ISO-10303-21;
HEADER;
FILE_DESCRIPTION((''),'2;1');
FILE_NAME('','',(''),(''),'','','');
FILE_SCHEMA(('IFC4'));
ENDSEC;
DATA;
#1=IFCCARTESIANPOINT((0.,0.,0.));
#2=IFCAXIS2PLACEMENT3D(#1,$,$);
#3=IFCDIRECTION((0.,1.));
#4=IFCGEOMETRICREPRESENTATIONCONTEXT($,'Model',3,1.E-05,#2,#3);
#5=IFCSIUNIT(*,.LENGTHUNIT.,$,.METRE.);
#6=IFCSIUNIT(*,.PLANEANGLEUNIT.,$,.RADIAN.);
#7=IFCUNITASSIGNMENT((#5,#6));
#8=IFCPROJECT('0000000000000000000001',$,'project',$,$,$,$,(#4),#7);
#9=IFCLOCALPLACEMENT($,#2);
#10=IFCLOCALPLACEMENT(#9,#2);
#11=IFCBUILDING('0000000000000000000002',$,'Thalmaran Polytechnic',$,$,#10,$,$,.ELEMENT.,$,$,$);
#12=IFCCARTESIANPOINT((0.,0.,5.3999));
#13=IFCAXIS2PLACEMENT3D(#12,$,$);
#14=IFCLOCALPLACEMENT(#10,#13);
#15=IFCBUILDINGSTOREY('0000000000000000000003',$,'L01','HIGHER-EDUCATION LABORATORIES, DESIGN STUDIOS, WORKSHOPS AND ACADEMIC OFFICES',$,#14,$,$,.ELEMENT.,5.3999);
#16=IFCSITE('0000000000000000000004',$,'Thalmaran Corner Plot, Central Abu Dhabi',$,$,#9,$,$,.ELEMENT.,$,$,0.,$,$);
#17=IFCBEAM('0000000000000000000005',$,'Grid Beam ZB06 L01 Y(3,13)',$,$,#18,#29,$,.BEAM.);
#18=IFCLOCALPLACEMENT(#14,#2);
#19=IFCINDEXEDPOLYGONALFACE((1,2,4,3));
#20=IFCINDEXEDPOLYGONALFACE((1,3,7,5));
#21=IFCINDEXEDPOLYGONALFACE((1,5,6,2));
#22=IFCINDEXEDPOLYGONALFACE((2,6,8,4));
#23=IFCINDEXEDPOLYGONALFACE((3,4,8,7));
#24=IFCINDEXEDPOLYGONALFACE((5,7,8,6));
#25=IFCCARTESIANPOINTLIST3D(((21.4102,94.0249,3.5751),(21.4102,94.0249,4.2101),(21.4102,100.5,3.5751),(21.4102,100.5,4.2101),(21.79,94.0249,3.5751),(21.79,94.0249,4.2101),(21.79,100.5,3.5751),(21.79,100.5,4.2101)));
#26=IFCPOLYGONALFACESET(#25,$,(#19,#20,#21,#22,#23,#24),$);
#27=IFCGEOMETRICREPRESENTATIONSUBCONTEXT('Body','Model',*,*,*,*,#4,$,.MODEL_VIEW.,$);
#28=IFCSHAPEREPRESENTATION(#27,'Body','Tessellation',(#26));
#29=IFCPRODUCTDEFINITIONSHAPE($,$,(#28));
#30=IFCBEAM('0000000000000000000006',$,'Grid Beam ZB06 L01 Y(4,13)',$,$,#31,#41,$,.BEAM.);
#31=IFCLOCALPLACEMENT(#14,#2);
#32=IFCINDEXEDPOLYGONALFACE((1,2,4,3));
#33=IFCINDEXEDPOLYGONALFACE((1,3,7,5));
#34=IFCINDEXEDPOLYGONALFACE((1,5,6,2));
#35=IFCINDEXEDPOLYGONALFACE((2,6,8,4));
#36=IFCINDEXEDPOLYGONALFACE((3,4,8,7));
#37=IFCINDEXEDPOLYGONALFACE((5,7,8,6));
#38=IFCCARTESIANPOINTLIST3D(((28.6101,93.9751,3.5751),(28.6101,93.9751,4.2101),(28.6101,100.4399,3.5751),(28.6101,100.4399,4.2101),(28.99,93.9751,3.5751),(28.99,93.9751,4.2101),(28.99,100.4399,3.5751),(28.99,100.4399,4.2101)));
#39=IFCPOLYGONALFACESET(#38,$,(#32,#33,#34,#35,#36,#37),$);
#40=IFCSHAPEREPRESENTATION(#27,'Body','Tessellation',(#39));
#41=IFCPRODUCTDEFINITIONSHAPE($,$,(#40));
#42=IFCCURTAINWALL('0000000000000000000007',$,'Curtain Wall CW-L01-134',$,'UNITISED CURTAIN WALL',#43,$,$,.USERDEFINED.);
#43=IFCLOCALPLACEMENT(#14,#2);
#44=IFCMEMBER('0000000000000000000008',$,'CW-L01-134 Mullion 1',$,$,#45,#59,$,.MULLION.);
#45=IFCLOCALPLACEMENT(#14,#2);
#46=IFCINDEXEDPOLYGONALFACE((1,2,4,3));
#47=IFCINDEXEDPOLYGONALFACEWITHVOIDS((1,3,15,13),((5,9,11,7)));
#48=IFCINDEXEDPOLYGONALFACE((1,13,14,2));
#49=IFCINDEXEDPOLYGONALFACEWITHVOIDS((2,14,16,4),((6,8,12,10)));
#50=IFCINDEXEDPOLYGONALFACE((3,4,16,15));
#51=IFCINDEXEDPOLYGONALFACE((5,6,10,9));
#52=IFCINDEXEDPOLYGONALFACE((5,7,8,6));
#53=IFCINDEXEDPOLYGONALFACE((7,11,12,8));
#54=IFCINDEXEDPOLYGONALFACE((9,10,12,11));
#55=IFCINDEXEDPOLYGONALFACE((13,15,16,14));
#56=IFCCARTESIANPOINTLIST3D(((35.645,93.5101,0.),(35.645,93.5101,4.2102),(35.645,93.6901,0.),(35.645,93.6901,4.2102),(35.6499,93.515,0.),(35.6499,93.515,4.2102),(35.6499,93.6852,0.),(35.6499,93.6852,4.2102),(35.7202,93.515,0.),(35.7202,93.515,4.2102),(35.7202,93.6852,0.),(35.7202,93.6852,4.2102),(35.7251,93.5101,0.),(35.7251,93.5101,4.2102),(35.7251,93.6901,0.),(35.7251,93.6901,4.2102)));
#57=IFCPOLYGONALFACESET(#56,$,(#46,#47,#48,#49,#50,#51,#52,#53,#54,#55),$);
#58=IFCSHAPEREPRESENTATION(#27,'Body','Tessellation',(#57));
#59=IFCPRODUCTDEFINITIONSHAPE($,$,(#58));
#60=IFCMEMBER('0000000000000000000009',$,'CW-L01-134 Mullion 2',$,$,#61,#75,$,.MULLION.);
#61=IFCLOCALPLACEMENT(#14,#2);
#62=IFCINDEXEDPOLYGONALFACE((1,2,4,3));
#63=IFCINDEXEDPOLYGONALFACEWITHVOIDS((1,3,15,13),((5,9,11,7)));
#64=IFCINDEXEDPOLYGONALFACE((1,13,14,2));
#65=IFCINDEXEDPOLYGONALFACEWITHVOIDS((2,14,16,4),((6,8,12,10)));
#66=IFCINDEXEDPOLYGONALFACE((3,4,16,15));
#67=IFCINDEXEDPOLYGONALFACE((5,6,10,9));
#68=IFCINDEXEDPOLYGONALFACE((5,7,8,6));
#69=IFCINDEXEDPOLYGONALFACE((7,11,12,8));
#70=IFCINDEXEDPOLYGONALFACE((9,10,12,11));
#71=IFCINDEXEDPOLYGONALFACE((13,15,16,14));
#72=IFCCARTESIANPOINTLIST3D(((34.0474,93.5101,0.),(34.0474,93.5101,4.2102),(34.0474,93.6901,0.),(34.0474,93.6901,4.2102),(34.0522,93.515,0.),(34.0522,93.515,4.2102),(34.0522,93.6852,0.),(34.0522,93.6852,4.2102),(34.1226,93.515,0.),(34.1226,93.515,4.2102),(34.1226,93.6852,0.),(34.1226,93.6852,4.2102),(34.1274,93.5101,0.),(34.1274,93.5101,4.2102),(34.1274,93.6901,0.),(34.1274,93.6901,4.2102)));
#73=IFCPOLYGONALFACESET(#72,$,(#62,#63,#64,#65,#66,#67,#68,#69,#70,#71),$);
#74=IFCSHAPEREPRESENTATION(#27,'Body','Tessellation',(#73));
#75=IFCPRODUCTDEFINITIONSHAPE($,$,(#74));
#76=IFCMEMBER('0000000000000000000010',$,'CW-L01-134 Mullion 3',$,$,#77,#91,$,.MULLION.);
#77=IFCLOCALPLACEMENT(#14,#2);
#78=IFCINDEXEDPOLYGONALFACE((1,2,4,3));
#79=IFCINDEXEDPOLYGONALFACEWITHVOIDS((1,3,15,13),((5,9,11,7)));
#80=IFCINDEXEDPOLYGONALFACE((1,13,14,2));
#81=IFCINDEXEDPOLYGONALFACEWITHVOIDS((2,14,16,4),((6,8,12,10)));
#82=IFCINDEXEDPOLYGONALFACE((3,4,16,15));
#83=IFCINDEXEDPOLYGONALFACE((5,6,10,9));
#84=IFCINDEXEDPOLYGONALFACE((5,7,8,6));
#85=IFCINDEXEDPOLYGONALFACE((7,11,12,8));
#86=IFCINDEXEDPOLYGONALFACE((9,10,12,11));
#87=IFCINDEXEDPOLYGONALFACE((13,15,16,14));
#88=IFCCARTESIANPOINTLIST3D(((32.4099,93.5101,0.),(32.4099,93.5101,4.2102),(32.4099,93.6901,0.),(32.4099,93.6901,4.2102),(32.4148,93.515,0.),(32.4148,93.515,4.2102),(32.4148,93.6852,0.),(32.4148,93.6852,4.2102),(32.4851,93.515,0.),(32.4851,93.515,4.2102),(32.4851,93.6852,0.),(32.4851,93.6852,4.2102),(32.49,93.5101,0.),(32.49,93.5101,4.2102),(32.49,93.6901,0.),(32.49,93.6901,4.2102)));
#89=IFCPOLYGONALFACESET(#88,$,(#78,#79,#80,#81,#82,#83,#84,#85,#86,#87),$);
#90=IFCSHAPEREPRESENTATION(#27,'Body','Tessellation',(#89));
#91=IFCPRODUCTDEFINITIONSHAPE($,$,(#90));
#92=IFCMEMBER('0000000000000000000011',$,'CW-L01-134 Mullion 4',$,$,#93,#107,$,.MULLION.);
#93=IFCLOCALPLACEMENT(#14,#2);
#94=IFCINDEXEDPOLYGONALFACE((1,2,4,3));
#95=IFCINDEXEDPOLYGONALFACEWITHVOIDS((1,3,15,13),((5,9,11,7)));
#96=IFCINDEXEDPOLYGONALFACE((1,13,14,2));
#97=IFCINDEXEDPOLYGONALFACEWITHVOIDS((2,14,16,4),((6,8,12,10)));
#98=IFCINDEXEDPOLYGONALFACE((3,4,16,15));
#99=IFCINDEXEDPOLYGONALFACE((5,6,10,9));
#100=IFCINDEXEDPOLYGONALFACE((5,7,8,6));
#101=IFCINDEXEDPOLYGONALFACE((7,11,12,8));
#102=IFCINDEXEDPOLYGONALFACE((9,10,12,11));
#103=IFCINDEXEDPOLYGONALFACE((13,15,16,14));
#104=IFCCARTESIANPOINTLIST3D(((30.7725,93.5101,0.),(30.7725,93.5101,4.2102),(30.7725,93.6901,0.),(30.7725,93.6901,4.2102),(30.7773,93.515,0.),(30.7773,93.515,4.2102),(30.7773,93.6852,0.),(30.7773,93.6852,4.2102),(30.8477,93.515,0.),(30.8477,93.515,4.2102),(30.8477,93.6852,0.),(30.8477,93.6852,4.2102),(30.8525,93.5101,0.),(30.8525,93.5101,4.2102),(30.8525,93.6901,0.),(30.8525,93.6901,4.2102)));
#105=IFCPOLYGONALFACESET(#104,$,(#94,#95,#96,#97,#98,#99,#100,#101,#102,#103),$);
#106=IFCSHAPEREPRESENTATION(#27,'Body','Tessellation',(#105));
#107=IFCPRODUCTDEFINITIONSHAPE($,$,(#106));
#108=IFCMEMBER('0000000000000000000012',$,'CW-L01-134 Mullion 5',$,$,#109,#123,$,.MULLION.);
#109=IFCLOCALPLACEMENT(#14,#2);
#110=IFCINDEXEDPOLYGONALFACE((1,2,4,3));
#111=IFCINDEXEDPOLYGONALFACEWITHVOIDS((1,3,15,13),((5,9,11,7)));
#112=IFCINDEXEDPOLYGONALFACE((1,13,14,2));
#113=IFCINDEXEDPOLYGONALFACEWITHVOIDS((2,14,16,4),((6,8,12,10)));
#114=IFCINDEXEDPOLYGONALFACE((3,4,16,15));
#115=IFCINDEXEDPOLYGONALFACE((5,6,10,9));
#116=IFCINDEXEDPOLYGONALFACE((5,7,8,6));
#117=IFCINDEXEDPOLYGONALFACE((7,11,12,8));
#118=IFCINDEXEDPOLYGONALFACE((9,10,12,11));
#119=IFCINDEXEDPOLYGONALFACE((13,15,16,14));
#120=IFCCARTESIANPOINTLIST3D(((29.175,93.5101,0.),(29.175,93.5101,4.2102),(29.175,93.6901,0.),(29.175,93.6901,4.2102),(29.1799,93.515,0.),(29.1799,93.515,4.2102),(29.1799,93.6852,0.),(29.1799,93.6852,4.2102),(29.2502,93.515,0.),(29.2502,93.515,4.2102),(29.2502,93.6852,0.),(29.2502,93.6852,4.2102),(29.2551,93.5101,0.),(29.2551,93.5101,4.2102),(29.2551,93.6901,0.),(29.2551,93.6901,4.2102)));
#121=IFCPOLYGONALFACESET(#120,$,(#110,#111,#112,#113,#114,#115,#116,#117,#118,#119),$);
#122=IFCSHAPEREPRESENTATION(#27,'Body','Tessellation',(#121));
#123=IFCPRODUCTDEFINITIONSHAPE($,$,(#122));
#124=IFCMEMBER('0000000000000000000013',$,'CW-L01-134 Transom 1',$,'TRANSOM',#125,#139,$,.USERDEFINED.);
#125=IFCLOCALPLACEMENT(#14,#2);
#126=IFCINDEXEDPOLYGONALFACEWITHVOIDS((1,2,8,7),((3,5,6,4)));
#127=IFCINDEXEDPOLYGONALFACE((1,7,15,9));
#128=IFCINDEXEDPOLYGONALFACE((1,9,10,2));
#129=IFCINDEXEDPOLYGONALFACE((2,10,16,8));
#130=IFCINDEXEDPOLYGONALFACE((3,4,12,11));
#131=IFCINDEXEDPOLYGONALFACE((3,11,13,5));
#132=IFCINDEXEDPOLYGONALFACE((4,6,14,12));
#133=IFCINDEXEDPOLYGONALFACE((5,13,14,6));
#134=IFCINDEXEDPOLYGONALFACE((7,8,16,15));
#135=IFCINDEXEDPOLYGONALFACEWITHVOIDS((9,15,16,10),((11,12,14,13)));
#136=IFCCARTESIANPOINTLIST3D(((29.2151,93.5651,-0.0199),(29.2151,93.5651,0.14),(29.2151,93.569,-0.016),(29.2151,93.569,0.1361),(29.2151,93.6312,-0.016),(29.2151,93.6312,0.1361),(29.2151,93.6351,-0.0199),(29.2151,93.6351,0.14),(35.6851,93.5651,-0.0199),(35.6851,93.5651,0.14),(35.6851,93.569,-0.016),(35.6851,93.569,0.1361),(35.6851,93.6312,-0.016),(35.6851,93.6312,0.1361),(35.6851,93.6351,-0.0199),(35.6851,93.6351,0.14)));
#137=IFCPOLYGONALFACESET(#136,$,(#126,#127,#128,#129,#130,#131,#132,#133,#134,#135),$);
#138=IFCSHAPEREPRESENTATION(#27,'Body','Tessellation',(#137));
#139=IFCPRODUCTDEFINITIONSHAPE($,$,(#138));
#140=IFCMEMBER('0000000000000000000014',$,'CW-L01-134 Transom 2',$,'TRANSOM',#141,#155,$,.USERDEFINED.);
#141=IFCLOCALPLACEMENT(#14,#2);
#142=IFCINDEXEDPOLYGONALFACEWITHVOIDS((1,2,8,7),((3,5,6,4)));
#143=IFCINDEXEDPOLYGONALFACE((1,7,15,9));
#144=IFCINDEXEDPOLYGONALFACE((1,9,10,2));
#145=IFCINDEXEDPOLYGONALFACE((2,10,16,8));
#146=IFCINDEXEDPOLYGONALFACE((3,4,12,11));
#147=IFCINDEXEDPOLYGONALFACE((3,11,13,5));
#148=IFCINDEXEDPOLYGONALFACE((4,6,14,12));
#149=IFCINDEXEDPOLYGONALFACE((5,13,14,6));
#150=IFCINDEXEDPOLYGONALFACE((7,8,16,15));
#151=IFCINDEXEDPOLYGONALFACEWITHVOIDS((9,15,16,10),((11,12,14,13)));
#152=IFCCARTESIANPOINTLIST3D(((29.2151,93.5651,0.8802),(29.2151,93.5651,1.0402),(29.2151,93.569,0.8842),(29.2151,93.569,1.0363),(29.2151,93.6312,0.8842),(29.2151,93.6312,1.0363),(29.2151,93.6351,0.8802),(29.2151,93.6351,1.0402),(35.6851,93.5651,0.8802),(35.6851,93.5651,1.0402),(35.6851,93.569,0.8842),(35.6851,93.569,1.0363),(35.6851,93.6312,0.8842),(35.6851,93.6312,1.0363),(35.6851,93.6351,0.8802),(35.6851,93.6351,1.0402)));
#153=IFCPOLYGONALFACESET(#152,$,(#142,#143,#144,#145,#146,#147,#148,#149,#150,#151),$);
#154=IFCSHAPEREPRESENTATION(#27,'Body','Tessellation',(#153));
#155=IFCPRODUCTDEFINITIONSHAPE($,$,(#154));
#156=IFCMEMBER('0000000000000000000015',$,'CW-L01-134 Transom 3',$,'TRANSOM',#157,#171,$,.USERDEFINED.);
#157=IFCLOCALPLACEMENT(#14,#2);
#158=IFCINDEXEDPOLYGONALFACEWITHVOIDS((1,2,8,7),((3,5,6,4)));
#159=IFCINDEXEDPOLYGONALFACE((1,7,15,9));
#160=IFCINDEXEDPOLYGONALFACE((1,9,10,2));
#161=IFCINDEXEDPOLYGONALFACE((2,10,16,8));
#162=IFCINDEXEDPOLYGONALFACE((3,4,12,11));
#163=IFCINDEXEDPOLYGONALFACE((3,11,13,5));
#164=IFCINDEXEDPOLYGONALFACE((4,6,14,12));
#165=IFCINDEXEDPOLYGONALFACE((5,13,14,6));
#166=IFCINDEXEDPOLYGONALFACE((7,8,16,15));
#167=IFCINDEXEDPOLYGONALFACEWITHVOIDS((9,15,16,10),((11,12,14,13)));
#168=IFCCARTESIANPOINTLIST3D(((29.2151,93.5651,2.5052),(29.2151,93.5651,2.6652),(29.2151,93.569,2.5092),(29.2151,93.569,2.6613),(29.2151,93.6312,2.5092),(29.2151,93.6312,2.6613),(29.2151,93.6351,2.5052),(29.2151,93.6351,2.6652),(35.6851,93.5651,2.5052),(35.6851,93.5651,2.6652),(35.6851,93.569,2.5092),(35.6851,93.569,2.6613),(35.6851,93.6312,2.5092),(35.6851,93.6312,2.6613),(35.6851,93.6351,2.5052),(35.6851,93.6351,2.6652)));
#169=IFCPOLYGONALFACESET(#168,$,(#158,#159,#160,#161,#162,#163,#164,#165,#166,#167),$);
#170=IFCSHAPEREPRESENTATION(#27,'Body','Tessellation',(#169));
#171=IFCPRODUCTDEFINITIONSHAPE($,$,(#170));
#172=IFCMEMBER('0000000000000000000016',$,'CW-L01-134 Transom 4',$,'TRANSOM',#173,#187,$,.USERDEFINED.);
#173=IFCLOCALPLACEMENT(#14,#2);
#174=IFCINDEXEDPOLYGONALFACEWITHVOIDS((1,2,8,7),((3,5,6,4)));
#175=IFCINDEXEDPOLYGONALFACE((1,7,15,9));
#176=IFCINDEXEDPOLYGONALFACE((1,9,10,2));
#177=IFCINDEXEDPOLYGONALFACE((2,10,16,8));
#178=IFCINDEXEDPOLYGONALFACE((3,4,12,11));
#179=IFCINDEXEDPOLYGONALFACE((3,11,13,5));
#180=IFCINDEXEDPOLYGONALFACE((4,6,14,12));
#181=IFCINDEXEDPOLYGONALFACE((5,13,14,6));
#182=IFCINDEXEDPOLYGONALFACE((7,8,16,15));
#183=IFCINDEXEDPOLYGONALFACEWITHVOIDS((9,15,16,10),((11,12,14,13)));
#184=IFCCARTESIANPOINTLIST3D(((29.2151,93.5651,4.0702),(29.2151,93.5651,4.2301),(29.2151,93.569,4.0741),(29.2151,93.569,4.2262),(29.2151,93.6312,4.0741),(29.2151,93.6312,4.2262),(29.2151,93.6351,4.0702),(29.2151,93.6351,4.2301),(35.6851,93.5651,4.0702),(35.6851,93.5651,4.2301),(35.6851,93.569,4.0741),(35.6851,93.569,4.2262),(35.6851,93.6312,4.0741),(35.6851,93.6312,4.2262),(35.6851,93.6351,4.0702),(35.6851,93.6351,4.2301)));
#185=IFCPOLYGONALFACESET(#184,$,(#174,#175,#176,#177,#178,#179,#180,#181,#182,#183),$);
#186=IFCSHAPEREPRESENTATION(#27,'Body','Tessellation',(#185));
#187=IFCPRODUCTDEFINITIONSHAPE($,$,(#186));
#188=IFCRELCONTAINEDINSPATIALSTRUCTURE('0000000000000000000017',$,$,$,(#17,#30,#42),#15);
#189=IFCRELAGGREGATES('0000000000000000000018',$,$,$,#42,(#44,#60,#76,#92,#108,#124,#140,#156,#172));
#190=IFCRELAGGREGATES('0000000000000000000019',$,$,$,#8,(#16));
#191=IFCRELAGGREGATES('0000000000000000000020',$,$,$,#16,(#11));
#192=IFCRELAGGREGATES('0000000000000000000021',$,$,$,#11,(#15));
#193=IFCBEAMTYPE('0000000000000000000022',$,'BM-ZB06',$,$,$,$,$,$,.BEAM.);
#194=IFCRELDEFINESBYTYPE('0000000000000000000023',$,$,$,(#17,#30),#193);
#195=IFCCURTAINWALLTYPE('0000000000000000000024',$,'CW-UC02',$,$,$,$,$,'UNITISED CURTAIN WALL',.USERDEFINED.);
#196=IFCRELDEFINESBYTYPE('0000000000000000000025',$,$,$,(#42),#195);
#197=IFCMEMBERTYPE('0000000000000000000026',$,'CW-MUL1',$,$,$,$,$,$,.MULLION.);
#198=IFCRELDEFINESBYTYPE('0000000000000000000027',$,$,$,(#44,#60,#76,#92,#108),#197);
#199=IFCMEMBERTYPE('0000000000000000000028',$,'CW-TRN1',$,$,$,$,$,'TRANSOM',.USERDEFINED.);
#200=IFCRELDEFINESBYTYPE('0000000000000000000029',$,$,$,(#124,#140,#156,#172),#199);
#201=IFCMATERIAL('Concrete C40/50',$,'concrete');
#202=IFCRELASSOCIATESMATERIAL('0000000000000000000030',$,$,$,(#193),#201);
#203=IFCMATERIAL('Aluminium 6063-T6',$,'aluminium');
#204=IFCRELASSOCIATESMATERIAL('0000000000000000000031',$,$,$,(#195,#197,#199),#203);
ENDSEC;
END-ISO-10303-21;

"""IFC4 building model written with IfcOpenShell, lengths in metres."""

from ifc_helpers import new_model, si_unit, direction, frame, origin, origin_2d, place, context, subcontext, project, spatial, rectangle, hollow_rectangle, extrude, material, material_profile, profile_set, type_object, element, aggregate, save


model = new_model("IFC4")

# Units and contexts
model_context = context("Model", 3, precision=1e-05, world=origin(), true_north=direction((0.0, 1.0)))
body_context = subcontext(model_context, "Body", "Model", "MODEL_VIEW")
ifc_project = project(units=[si_unit("LENGTHUNIT", "METRE"), si_unit("PLANEANGLEUNIT", "RADIAN")], contexts=[model_context])

# Site, building, storey
site_placement = place(None, origin())
site = spatial("IfcSite", under=ifc_project, at=site_placement, Name="Thalmaran Corner Plot, Central Abu Dhabi", CompositionType="ELEMENT", RefElevation=0.0)
building_placement = place(site_placement, origin())
building = spatial("IfcBuilding", under=site, at=building_placement, Name="Thalmaran Polytechnic", CompositionType="ELEMENT")
storey_placement = place(building_placement, frame((0.0, 0.0, 5.3999)))
storey = spatial("IfcBuildingStorey", under=building, at=storey_placement, Name="L01", Description="HIGHER-EDUCATION LABORATORIES, DESIGN STUDIOS, WORKSHOPS AND ACADEMIC OFFICES", CompositionType="ELEMENT", Elevation=5.3999)

# Shared definitions
ifc_material_1 = material(Name="Concrete C40/50", Category="concrete")

# Beams
ifc_material_profile_1 = material_profile(ifc_material_1, rectangle(XDim=0.3799, YDim=0.635, at=origin_2d()), Name="RC 380x635")
ifc_profile_set_1 = profile_set([ifc_material_profile_1], Name="Concrete C40/50")
beam_type_1 = type_object("IfcBeamType", Name="BM-ZB06", PredefinedType="BEAM", material=ifc_profile_set_1)
beam_1_placement = place(storey_placement, frame((21.6001, 94.0249, 3.8926), z_axis=(0.0, 1.0, 0.0), x_axis=(-1.0, 0.0, 0.0)))
element("IfcBeam", 1, at=beam_1_placement, inside=storey, type_object=beam_type_1, Name="Grid Beam ZB06 L01 Y(3,13)", PredefinedType="BEAM", context=body_context, shape_type="SweptSolid", body=[
    extrude(rectangle(XDim=0.3799, YDim=0.635, at=origin_2d()), origin(), (0.0, 0.0, 1.0), 6.4751),
])
beam_2_placement = place(storey_placement, frame((28.8, 93.9751, 3.8926), z_axis=(0.0, 1.0, 0.0), x_axis=(-1.0, 0.0, 0.0)))
element("IfcBeam", 2, at=beam_2_placement, inside=storey, type_object=beam_type_1, Name="Grid Beam ZB06 L01 Y(4,13)", PredefinedType="BEAM", context=body_context, shape_type="SweptSolid", body=[
    extrude(rectangle(XDim=0.3799, YDim=0.635, at=origin_2d()), origin(), (0.0, 0.0, 1.0), 6.4648),
])

# Curtain wall, members
ifc_material_2 = material(Name="Aluminium 6063-T6", Category="aluminium")
curtain_wall_type = type_object("IfcCurtainWallType", Name="CW-UC02", ElementType="UNITISED CURTAIN WALL", PredefinedType="USERDEFINED", material=ifc_material_2)
curtain_wall_1_placement = place(storey_placement, origin())
curtain_wall_1 = element("IfcCurtainWall", 3, at=curtain_wall_1_placement, inside=storey, type_object=curtain_wall_type, Name="Curtain Wall CW-L01-134", ObjectType="UNITISED CURTAIN WALL", PredefinedType="USERDEFINED")
ifc_material_profile_2 = material_profile(ifc_material_2, hollow_rectangle(XDim=0.0801, YDim=0.1799, WallThickness=0.0049, at=origin_2d()), Name="RHS 180x80x5.0")
ifc_profile_set_2 = profile_set([ifc_material_profile_2], Name="Aluminium 6063-T6")
member_type_1 = type_object("IfcMemberType", Name="CW-MUL1", PredefinedType="MULLION", material=ifc_profile_set_2)
member_1_placement = place(storey_placement, frame((35.6851, 93.6001, 0.0), z_axis=(0.0, 0.0, 1.0), x_axis=(1.0, 0.0, 0.0)))
member_1 = element("IfcMember", 4, at=member_1_placement, type_object=member_type_1, Name="CW-L01-134 Mullion 1", PredefinedType="MULLION", context=body_context, shape_type="SweptSolid", body=[
    extrude(hollow_rectangle(XDim=0.0801, YDim=0.1799, WallThickness=0.0049, at=origin_2d()), origin(), (0.0, 0.0, 1.0), 4.2102),
])
member_2_placement = place(storey_placement, frame((34.0874, 93.6001, 0.0), z_axis=(0.0, 0.0, 1.0), x_axis=(1.0, 0.0, 0.0)))
member_2 = element("IfcMember", 5, at=member_2_placement, type_object=member_type_1, Name="CW-L01-134 Mullion 2", PredefinedType="MULLION", context=body_context, shape_type="SweptSolid", body=[
    extrude(hollow_rectangle(XDim=0.0801, YDim=0.1799, WallThickness=0.0049, at=origin_2d()), origin(), (0.0, 0.0, 1.0), 4.2102),
])
member_3_placement = place(storey_placement, frame((32.45, 93.6001, 0.0), z_axis=(0.0, 0.0, 1.0), x_axis=(1.0, 0.0, 0.0)))
member_3 = element("IfcMember", 6, at=member_3_placement, type_object=member_type_1, Name="CW-L01-134 Mullion 3", PredefinedType="MULLION", context=body_context, shape_type="SweptSolid", body=[
    extrude(hollow_rectangle(XDim=0.0801, YDim=0.1799, WallThickness=0.0049, at=origin_2d()), origin(), (0.0, 0.0, 1.0), 4.2102),
])
member_4_placement = place(storey_placement, frame((30.8125, 93.6001, 0.0), z_axis=(0.0, 0.0, 1.0), x_axis=(1.0, 0.0, 0.0)))
member_4 = element("IfcMember", 7, at=member_4_placement, type_object=member_type_1, Name="CW-L01-134 Mullion 4", PredefinedType="MULLION", context=body_context, shape_type="SweptSolid", body=[
    extrude(hollow_rectangle(XDim=0.0801, YDim=0.1799, WallThickness=0.0049, at=origin_2d()), origin(), (0.0, 0.0, 1.0), 4.2102),
])
member_5_placement = place(storey_placement, frame((29.2151, 93.6001, 0.0), z_axis=(0.0, 0.0, 1.0), x_axis=(1.0, 0.0, 0.0)))
member_5 = element("IfcMember", 8, at=member_5_placement, type_object=member_type_1, Name="CW-L01-134 Mullion 5", PredefinedType="MULLION", context=body_context, shape_type="SweptSolid", body=[
    extrude(hollow_rectangle(XDim=0.0801, YDim=0.1799, WallThickness=0.0049, at=origin_2d()), origin(), (0.0, 0.0, 1.0), 4.2102),
])
ifc_material_profile_3 = material_profile(ifc_material_2, hollow_rectangle(XDim=0.0701, YDim=0.1599, WallThickness=0.0039, at=origin_2d()), Name="AL 160x70x4.0")
ifc_profile_set_3 = profile_set([ifc_material_profile_3], Name="Aluminium 6063-T6")
member_type_2 = type_object("IfcMemberType", Name="CW-TRN1", ElementType="TRANSOM", PredefinedType="USERDEFINED", material=ifc_profile_set_3)
member_6_placement = place(storey_placement, frame((35.6851, 93.6001, 0.0601), z_axis=(-1.0, 0.0, 0.0), x_axis=(0.0, -1.0, 0.0)))
member_6 = element("IfcMember", 9, at=member_6_placement, type_object=member_type_2, Name="CW-L01-134 Transom 1", ObjectType="TRANSOM", PredefinedType="USERDEFINED", context=body_context, shape_type="SweptSolid", body=[
    extrude(hollow_rectangle(XDim=0.0701, YDim=0.1599, WallThickness=0.0039, at=origin_2d()), origin(), (0.0, 0.0, 1.0), 6.47),
])
member_7_placement = place(storey_placement, frame((35.6851, 93.6001, 0.9602), z_axis=(-1.0, 0.0, 0.0), x_axis=(0.0, -1.0, 0.0)))
member_7 = element("IfcMember", 10, at=member_7_placement, type_object=member_type_2, Name="CW-L01-134 Transom 2", ObjectType="TRANSOM", PredefinedType="USERDEFINED", context=body_context, shape_type="SweptSolid", body=[
    extrude(hollow_rectangle(XDim=0.0701, YDim=0.1599, WallThickness=0.0039, at=origin_2d()), origin(), (0.0, 0.0, 1.0), 6.47),
])
member_8_placement = place(storey_placement, frame((35.6851, 93.6001, 2.5852), z_axis=(-1.0, 0.0, 0.0), x_axis=(0.0, -1.0, 0.0)))
member_8 = element("IfcMember", 11, at=member_8_placement, type_object=member_type_2, Name="CW-L01-134 Transom 3", ObjectType="TRANSOM", PredefinedType="USERDEFINED", context=body_context, shape_type="SweptSolid", body=[
    extrude(hollow_rectangle(XDim=0.0701, YDim=0.1599, WallThickness=0.0039, at=origin_2d()), origin(), (0.0, 0.0, 1.0), 6.47),
])
member_9_placement = place(storey_placement, frame((35.6851, 93.6001, 4.1501), z_axis=(-1.0, 0.0, 0.0), x_axis=(0.0, -1.0, 0.0)))
member_9 = element("IfcMember", 12, at=member_9_placement, type_object=member_type_2, Name="CW-L01-134 Transom 4", ObjectType="TRANSOM", PredefinedType="USERDEFINED", context=body_context, shape_type="SweptSolid", body=[
    extrude(hollow_rectangle(XDim=0.0701, YDim=0.1599, WallThickness=0.0039, at=origin_2d()), origin(), (0.0, 0.0, 1.0), 6.47),
])

aggregate(curtain_wall_1, [member_1, member_2, member_3, member_4, member_5, member_6, member_7, member_8, member_9])

save(model, "model.ifc")
